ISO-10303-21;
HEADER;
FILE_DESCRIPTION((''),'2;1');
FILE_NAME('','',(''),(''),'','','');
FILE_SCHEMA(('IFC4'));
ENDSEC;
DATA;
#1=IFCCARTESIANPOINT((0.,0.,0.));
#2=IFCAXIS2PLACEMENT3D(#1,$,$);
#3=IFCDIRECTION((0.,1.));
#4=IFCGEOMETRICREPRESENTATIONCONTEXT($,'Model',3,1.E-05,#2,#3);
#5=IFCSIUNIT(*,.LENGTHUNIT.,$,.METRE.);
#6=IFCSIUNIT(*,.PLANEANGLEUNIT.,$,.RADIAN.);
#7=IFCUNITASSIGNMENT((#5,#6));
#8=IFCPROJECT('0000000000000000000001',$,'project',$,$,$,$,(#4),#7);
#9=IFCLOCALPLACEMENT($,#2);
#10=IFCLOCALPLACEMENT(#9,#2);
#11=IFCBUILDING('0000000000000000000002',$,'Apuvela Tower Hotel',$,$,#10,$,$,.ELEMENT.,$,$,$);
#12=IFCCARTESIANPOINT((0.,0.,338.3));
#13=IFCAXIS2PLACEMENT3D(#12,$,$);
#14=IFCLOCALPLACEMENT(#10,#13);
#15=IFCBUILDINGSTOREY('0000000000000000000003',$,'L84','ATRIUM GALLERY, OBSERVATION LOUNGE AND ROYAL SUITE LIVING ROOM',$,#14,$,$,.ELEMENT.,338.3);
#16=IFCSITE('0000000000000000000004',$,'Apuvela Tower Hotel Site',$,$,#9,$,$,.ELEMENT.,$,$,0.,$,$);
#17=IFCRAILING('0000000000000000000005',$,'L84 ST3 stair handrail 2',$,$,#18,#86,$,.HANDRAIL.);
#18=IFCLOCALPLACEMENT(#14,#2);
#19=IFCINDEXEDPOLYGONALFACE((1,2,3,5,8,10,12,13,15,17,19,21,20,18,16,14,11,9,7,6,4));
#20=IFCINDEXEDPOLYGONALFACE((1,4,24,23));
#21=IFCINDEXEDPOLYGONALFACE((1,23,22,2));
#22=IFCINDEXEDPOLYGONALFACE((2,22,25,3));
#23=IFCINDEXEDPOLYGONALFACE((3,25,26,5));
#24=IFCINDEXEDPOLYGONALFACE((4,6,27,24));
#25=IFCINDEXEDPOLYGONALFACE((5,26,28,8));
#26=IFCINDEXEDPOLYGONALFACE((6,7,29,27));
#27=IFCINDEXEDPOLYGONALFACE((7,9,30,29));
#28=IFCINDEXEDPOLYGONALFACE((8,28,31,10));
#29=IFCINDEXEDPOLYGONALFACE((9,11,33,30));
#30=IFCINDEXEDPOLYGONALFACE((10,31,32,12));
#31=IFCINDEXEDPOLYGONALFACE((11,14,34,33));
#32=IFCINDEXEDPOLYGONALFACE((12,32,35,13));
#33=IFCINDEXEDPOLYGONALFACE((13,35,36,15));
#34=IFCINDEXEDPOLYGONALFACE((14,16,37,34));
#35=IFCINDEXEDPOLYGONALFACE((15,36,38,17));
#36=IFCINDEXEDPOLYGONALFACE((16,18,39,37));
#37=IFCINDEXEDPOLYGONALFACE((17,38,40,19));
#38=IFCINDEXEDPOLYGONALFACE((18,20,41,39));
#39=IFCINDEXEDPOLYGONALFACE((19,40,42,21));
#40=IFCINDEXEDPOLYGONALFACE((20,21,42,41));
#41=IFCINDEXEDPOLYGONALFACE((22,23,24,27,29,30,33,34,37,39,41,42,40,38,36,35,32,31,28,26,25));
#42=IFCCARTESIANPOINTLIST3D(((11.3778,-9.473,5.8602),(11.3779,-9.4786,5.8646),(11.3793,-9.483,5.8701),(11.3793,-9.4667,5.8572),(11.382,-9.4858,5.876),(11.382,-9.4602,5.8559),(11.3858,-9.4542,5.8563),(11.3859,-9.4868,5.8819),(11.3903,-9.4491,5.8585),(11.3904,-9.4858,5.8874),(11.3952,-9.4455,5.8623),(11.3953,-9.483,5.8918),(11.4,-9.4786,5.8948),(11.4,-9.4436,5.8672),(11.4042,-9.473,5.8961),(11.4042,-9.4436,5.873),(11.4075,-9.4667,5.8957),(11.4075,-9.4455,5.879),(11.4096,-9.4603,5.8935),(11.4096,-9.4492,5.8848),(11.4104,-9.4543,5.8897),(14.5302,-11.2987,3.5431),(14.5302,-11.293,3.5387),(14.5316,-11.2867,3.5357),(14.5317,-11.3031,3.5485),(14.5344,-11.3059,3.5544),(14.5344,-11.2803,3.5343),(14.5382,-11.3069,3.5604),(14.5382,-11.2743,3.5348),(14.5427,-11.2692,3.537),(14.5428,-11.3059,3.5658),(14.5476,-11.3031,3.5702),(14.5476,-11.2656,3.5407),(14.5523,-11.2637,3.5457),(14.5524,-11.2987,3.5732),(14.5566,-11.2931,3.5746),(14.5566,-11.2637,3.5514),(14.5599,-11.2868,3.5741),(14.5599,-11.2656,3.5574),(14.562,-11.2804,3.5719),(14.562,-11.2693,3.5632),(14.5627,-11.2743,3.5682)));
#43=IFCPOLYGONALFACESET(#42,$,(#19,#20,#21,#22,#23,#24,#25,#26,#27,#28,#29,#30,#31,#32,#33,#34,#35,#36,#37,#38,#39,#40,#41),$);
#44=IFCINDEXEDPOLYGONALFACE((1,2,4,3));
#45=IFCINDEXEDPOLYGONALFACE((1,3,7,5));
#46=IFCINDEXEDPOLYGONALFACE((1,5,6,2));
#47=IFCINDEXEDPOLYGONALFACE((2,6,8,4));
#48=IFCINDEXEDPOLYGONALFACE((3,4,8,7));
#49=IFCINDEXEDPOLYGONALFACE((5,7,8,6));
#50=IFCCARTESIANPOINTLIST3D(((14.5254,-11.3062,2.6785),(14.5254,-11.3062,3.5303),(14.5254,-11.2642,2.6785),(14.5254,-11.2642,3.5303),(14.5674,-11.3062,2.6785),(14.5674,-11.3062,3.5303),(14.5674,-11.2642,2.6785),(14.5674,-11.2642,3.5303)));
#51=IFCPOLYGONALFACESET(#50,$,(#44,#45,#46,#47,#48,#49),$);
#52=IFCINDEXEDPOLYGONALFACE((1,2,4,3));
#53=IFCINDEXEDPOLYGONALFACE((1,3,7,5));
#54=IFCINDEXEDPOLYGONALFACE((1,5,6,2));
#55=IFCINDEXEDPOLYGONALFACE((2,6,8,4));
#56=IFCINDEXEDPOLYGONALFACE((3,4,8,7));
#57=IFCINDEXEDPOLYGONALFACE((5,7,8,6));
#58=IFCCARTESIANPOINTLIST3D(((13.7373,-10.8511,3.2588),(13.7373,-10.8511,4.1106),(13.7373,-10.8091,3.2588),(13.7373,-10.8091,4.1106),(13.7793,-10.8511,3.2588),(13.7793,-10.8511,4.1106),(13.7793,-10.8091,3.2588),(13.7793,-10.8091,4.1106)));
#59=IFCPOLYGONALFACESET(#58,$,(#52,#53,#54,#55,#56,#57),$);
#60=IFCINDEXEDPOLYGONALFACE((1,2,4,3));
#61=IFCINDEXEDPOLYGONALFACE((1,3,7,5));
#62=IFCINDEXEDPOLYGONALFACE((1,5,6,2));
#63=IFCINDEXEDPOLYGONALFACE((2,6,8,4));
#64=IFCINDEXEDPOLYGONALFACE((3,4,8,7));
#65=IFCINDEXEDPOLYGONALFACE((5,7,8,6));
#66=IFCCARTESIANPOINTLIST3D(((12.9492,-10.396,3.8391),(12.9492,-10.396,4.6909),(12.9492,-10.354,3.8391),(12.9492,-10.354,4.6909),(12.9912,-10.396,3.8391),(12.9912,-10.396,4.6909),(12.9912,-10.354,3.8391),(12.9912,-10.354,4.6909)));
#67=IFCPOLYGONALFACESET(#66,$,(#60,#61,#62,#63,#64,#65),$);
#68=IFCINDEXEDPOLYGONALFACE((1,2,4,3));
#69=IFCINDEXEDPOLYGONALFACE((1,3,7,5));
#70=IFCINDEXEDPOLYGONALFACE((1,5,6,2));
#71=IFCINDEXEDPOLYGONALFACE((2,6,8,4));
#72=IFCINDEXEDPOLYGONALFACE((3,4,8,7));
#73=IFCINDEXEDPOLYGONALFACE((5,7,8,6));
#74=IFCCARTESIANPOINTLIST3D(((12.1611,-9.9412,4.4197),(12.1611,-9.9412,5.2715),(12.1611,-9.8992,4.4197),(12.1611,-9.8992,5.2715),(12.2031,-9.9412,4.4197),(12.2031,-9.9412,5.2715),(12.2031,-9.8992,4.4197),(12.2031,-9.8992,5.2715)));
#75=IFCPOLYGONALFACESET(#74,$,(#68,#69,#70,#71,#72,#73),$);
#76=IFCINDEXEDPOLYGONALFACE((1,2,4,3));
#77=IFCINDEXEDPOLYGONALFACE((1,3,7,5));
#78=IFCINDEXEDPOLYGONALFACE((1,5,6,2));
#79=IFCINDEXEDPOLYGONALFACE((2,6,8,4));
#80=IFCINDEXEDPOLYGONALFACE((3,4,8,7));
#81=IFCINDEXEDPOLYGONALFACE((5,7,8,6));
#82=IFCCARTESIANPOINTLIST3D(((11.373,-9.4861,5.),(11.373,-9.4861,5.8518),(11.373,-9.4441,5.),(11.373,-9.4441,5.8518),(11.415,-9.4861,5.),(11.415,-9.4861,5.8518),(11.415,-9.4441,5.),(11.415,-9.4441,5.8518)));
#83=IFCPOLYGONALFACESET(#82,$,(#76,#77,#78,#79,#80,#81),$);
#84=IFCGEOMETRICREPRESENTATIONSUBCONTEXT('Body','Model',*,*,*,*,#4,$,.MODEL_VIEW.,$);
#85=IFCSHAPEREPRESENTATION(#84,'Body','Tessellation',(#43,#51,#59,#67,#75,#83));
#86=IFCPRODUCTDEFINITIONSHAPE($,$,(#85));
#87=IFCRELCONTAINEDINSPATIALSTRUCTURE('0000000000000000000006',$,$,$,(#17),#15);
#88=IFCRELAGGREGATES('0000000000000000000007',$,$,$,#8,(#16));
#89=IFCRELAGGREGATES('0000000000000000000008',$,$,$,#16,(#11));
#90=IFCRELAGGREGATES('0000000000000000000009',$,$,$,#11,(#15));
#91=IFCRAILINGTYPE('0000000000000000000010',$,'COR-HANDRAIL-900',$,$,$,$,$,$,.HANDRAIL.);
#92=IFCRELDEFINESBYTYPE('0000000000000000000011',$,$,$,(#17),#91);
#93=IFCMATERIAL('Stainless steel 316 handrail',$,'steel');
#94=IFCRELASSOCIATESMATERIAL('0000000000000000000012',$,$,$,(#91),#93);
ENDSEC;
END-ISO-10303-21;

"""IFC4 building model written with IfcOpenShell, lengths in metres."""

from ifc_helpers import new_model, si_unit, direction, frame, origin, origin_2d, place, context, subcontext, project, spatial, rectangle, circle, extrude, material, type_object, element, save


model = new_model("IFC4")

# Units and contexts
model_context = context("Model", 3, precision=1e-05, world=origin(), true_north=direction((0.0, 1.0)))
body_context = subcontext(model_context, "Body", "Model", "MODEL_VIEW")
ifc_project = project(units=[si_unit("LENGTHUNIT", "METRE"), si_unit("PLANEANGLEUNIT", "RADIAN")], contexts=[model_context])

# Site, building, storey
site_placement = place(None, origin())
site = spatial("IfcSite", under=ifc_project, at=site_placement, Name="Apuvela Tower Hotel Site", CompositionType="ELEMENT", RefElevation=0.0)
building_placement = place(site_placement, origin())
building = spatial("IfcBuilding", under=site, at=building_placement, Name="Apuvela Tower Hotel", CompositionType="ELEMENT")
storey_placement = place(building_placement, frame((0.0, 0.0, 338.3)))
storey = spatial("IfcBuildingStorey", under=building, at=storey_placement, Name="L84", Description="ATRIUM GALLERY, OBSERVATION LOUNGE AND ROYAL SUITE LIVING ROOM", CompositionType="ELEMENT", Elevation=338.3)

# Railing
ifc_material_1 = material(Name="Stainless steel 316 handrail", Category="steel")
railing_type_1 = type_object("IfcRailingType", Name="COR-HANDRAIL-900", PredefinedType="HANDRAIL", material=ifc_material_1)
railing_1_placement = place(storey_placement, frame((14.5464, -11.2852, 2.6785)))
element("IfcRailing", 1, at=railing_1_placement, inside=storey, type_object=railing_type_1, Name="L84 ST3 stair handrail 2", PredefinedType="HANDRAIL", context=body_context, shape_type="SweptSolid", body=[
    extrude(circle(Radius=0.0239, at=origin_2d()), frame((0.0, 0.0, 0.876), z_axis=(-0.730159, 0.421572, 0.537723), x_axis=(-0.500013, -0.866018, 0.0)), (0.0, 0.0, 1.0), 4.3174),
    extrude(rectangle(XDim=0.042, YDim=0.042, at=origin_2d()), origin(), (0.0, 0.0, 1.0), 0.8518),
    extrude(rectangle(XDim=0.042, YDim=0.042, at=origin_2d()), frame((-0.7881, 0.4551, 0.5803)), (0.0, 0.0, 1.0), 0.8518),
    extrude(rectangle(XDim=0.042, YDim=0.042, at=origin_2d()), frame((-1.5762, 0.9102, 1.1606)), (0.0, 0.0, 1.0), 0.8518),
    extrude(rectangle(XDim=0.042, YDim=0.042, at=origin_2d()), frame((-2.3643, 1.365, 1.7412)), (0.0, 0.0, 1.0), 0.8518),
    extrude(rectangle(XDim=0.042, YDim=0.042, at=origin_2d()), frame((-3.1523, 1.8201, 2.3215)), (0.0, 0.0, 1.0), 0.8518),
])

save(model, "model.ifc")
